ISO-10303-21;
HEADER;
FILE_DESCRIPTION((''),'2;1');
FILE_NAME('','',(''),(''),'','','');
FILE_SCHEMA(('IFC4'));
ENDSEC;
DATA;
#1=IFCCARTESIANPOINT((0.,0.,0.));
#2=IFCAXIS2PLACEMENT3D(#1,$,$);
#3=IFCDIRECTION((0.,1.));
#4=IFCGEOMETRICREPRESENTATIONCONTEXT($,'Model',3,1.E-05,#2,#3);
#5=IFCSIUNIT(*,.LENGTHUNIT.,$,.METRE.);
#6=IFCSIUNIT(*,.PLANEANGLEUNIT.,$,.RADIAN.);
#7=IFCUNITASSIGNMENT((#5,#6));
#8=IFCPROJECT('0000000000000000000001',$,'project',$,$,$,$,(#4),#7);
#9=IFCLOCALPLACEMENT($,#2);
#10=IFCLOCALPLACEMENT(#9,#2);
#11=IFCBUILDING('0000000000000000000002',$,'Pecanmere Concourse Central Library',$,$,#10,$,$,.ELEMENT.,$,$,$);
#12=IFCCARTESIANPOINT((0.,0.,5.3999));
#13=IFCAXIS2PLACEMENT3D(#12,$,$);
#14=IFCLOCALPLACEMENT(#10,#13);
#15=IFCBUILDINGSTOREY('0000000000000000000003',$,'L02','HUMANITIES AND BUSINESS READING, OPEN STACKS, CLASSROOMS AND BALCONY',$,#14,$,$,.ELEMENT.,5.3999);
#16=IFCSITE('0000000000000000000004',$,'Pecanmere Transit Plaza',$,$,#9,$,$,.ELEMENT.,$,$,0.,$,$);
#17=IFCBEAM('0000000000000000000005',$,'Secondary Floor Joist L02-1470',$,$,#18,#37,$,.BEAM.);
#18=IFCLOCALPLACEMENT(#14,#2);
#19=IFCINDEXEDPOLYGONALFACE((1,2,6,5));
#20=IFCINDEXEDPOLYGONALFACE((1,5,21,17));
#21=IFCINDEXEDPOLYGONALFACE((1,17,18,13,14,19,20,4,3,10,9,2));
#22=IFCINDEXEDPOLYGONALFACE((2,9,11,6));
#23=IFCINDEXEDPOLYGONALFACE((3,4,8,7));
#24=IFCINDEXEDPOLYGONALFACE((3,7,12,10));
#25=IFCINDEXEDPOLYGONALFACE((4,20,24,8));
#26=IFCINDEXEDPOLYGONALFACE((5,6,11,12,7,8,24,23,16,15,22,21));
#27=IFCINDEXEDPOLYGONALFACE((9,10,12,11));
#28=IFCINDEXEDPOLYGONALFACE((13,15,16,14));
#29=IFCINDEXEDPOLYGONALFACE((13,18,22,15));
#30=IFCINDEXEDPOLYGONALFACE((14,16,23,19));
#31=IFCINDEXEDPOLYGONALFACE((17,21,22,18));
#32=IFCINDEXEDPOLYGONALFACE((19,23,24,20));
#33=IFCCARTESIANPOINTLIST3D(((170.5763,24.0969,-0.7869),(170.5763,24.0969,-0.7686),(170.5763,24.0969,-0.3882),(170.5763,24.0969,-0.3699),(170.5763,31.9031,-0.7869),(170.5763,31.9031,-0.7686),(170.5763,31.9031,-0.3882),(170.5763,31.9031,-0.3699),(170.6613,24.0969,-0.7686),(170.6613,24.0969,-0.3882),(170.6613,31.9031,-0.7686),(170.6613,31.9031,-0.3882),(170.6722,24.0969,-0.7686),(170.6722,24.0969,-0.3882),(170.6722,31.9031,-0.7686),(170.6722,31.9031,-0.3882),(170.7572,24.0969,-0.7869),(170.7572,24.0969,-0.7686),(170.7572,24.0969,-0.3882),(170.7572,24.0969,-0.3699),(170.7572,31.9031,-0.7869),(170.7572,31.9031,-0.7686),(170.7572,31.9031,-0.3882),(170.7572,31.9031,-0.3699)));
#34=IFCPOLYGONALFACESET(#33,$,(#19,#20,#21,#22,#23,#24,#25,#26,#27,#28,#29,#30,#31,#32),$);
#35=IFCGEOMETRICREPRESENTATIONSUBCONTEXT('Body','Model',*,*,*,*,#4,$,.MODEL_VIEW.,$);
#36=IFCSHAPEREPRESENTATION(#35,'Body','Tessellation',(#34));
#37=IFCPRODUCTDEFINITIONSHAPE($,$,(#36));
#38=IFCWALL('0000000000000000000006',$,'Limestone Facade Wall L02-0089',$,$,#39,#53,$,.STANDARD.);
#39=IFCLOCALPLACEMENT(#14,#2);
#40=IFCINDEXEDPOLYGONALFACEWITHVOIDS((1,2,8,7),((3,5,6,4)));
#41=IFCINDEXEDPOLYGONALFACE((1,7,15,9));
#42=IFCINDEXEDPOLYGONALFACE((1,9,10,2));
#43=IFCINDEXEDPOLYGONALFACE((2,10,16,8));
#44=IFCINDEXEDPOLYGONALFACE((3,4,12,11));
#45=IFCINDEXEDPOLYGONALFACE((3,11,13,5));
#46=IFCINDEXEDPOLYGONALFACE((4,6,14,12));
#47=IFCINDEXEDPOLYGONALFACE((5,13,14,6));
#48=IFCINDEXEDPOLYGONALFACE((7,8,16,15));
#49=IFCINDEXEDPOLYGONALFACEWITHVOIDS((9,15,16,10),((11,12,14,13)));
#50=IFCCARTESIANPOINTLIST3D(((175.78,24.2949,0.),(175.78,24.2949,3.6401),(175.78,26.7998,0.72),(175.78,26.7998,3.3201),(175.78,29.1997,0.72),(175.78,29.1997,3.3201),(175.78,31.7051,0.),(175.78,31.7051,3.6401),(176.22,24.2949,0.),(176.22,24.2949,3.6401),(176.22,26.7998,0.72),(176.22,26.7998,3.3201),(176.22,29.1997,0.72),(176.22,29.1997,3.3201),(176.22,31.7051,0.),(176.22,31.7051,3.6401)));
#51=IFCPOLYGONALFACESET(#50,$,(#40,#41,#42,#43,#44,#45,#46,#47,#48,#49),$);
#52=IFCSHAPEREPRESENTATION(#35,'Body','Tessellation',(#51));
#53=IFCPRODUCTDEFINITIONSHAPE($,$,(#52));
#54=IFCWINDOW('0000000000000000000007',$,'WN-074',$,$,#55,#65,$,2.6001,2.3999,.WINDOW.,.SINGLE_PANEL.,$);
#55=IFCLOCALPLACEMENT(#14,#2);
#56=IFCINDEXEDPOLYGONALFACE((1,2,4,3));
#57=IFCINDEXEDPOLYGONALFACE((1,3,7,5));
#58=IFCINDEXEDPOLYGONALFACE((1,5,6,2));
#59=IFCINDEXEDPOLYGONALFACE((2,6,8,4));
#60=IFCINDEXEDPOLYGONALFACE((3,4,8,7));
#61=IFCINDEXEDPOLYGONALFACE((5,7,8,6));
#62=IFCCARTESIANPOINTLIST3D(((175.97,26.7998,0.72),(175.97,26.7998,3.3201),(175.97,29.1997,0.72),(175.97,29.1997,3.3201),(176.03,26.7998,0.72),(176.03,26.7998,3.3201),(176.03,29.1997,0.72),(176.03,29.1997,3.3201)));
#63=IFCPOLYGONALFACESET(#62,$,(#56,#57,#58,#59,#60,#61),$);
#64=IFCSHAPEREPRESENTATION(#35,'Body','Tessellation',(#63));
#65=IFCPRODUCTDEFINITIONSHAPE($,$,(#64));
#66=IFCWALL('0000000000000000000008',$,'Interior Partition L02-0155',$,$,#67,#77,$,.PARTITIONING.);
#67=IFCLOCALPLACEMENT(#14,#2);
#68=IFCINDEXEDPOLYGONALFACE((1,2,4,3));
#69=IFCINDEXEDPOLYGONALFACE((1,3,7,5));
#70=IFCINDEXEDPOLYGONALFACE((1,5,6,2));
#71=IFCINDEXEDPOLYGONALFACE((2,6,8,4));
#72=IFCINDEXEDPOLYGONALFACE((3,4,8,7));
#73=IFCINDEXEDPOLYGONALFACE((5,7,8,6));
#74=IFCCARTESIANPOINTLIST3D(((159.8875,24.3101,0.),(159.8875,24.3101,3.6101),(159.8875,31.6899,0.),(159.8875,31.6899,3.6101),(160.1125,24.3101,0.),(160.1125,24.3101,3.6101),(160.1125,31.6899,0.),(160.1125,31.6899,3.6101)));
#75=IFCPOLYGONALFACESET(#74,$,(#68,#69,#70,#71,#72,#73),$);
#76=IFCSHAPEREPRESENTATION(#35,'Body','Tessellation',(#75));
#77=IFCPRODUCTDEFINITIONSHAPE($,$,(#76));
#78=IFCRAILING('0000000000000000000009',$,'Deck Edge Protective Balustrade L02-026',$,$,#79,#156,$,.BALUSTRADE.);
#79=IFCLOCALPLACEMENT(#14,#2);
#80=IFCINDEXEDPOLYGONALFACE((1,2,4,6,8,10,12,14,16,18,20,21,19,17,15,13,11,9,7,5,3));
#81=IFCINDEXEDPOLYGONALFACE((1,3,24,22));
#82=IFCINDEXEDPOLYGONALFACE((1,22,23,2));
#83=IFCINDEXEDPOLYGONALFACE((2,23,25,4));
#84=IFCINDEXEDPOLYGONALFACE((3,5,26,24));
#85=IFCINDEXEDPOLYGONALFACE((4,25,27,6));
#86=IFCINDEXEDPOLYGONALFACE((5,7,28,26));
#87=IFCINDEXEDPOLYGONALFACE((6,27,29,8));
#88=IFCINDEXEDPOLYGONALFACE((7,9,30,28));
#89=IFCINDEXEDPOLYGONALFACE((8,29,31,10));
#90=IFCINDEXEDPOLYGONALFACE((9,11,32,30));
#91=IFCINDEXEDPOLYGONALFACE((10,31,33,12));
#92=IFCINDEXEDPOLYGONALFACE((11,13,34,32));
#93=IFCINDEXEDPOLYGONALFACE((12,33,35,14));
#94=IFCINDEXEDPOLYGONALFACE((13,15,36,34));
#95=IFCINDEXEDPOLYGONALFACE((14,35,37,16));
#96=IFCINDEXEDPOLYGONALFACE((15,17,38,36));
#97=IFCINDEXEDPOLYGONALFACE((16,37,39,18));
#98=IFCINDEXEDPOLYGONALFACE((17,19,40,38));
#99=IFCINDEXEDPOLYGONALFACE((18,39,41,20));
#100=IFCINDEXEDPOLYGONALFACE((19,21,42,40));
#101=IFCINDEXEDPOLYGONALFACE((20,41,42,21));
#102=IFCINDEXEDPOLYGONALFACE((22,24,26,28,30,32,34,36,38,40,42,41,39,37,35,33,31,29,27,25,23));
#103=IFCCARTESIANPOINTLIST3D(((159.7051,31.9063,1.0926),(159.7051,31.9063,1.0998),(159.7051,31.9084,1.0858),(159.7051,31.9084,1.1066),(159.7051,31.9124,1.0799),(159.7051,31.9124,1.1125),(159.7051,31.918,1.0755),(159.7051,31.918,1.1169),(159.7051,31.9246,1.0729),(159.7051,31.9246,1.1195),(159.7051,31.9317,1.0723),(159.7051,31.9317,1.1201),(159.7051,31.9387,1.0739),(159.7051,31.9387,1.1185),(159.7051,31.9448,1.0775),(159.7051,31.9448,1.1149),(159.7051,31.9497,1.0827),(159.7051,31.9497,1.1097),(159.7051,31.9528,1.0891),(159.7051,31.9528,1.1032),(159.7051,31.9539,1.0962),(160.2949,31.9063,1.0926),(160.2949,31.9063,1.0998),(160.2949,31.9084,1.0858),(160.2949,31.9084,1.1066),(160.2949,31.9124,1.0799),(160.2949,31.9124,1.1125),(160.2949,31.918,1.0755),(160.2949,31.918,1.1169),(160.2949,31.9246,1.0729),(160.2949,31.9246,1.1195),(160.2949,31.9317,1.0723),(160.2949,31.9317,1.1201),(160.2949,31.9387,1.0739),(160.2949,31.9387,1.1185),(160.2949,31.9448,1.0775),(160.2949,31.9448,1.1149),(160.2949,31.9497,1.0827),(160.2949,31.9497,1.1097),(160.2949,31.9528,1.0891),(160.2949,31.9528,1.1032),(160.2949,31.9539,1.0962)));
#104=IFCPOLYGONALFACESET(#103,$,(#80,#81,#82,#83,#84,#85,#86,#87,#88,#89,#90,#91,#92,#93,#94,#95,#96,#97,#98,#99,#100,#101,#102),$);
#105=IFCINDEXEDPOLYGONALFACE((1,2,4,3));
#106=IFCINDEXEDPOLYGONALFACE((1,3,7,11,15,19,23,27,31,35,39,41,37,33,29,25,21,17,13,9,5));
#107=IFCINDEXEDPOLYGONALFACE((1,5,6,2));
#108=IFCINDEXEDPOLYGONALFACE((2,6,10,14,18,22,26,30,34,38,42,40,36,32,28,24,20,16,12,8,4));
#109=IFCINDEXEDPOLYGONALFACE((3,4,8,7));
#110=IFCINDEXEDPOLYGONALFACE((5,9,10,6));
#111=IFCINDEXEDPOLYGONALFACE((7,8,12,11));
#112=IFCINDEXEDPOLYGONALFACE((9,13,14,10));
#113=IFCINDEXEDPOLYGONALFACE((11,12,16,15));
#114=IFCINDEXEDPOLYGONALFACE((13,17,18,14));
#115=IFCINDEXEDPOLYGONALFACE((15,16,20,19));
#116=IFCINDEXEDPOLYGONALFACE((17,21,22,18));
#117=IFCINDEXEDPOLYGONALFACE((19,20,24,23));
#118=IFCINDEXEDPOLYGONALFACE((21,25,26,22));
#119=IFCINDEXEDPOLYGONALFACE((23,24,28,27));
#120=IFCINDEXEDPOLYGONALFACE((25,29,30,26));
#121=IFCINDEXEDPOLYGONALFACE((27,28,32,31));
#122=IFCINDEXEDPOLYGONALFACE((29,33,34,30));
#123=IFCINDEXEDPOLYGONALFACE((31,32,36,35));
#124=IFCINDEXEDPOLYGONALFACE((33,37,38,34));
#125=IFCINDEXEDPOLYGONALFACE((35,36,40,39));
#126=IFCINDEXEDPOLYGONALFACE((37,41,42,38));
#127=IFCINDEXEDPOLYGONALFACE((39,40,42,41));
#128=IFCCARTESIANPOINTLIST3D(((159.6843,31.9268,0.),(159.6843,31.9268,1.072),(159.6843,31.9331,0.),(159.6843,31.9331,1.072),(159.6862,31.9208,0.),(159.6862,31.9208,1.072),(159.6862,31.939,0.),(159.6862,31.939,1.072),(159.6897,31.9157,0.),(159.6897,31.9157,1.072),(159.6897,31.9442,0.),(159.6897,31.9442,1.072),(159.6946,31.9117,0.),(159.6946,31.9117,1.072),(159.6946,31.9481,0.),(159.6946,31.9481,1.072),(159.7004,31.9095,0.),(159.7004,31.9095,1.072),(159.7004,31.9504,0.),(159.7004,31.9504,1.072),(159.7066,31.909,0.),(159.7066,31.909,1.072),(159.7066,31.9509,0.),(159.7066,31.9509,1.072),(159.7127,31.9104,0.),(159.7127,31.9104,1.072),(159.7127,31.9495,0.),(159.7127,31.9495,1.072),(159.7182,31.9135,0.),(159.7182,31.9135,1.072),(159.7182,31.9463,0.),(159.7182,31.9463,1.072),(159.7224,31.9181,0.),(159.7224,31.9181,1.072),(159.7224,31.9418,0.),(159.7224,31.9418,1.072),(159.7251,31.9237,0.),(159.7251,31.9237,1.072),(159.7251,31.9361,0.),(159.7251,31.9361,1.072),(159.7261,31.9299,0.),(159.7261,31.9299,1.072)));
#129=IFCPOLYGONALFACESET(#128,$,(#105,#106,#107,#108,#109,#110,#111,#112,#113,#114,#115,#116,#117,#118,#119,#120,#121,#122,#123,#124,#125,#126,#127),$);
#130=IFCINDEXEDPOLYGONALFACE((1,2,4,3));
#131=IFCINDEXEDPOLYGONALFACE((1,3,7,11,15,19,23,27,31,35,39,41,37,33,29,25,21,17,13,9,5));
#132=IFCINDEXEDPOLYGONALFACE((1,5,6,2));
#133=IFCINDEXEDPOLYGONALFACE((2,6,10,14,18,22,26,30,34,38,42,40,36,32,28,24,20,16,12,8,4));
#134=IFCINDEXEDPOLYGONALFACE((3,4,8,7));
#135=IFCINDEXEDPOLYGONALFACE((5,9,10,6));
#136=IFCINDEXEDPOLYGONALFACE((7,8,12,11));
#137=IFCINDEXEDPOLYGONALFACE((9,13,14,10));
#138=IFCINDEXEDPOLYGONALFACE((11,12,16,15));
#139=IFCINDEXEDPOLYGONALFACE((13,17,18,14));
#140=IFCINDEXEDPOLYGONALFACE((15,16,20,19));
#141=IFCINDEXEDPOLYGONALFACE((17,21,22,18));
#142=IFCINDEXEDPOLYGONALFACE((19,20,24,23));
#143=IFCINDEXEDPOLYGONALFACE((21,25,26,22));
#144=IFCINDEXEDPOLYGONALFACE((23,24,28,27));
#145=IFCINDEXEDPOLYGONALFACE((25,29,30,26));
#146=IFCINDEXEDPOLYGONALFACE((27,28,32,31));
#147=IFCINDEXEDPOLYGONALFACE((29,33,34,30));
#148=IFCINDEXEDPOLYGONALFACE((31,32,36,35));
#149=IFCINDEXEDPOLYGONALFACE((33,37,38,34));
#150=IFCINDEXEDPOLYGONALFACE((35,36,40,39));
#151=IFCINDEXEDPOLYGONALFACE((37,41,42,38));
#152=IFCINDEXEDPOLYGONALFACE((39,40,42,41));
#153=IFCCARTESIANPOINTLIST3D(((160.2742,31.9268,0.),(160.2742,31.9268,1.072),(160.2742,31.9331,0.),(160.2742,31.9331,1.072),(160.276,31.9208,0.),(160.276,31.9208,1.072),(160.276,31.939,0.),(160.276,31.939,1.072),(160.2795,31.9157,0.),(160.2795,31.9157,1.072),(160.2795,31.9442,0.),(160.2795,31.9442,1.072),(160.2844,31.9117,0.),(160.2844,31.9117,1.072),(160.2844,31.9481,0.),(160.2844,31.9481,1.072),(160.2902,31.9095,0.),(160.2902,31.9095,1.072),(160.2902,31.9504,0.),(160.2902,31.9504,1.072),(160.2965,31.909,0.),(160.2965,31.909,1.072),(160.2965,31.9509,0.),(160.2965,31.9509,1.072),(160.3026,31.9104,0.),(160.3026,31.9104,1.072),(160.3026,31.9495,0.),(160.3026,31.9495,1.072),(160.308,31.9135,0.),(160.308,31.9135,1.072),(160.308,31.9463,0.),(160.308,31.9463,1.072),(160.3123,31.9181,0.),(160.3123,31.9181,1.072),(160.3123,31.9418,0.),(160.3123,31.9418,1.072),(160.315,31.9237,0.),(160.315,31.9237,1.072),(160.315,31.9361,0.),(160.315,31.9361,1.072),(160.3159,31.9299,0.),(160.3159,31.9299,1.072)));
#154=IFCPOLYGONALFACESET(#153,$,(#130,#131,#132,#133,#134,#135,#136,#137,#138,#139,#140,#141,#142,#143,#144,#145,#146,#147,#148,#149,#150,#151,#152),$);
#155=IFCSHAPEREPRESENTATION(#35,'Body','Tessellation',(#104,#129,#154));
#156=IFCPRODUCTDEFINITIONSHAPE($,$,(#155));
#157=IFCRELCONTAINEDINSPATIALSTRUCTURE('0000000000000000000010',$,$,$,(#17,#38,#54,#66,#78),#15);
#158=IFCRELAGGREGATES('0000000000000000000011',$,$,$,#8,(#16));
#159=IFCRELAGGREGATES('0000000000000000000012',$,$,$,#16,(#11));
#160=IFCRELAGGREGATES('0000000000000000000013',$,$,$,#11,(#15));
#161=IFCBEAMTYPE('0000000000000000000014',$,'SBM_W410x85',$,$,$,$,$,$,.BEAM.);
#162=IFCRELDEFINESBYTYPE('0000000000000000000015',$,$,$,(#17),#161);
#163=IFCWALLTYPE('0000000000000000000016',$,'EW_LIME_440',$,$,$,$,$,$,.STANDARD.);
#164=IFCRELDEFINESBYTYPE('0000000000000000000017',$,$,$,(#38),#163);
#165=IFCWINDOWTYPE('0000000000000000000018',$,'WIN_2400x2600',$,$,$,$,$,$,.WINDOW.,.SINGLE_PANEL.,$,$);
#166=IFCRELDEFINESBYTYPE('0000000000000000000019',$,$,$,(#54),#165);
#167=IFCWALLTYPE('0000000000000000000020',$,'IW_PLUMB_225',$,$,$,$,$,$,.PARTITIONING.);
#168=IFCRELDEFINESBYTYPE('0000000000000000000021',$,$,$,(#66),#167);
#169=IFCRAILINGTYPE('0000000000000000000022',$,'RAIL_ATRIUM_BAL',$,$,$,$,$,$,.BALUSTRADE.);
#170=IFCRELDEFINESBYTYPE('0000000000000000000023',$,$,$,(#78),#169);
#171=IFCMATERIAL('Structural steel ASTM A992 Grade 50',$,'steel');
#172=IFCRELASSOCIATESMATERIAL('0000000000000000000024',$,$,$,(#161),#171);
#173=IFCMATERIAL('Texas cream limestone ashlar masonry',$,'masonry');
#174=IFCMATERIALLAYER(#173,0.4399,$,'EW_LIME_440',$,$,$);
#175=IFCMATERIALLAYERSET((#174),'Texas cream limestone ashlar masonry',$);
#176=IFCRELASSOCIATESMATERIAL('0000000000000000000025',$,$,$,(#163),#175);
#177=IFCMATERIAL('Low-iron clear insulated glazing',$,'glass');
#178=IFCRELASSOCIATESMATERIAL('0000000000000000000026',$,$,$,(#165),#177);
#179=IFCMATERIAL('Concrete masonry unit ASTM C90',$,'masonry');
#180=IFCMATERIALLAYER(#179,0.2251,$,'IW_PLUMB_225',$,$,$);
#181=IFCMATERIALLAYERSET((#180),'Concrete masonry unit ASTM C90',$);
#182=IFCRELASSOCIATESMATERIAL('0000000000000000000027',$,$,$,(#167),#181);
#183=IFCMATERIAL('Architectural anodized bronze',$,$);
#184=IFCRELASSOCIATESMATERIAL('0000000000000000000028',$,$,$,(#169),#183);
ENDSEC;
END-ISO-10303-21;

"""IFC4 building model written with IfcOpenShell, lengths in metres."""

from ifc_helpers import new_model, si_unit, direction, frame, frame_2d, origin, origin_2d, place, context, subcontext, project, spatial, rectangle, circle, i_section, extrude, material, layer, layer_set, material_profile, profile_set, type_object, element, fill, save


model = new_model("IFC4")

# Units and contexts
model_context = context("Model", 3, precision=1e-05, world=origin(), true_north=direction((0.0, 1.0)))
body_context = subcontext(model_context, "Body", "Model", "MODEL_VIEW")
ifc_project = project(units=[si_unit("LENGTHUNIT", "METRE"), si_unit("PLANEANGLEUNIT", "RADIAN")], contexts=[model_context])

# Site, building, storey
site_placement = place(None, origin())
site = spatial("IfcSite", under=ifc_project, at=site_placement, Name="Pecanmere Transit Plaza", CompositionType="ELEMENT", RefElevation=0.0)
building_placement = place(site_placement, origin())
building = spatial("IfcBuilding", under=site, at=building_placement, Name="Pecanmere Concourse Central Library", CompositionType="ELEMENT")
storey_placement = place(building_placement, frame((0.0, 0.0, 5.3999)))
storey = spatial("IfcBuildingStorey", under=building, at=storey_placement, Name="L02", Description="HUMANITIES AND BUSINESS READING, OPEN STACKS, CLASSROOMS AND BALCONY", CompositionType="ELEMENT", Elevation=5.3999)

# Beam
ifc_material_1 = material(Name="Structural steel ASTM A992 Grade 50", Category="steel")
ifc_material_profile_1 = material_profile(ifc_material_1, i_section(OverallWidth=0.1809, OverallDepth=0.417, WebThickness=0.011, FlangeThickness=0.0183, at=origin_2d()), Name="W410x85")
ifc_profile_set_1 = profile_set([ifc_material_profile_1], Name="Structural steel ASTM A992 Grade 50")
beam_type_1 = type_object("IfcBeamType", Name="SBM_W410x85", PredefinedType="BEAM", material=ifc_profile_set_1)
beam_1_placement = place(storey_placement, frame((170.6667, 24.0969, -0.5784), z_axis=(0.0, 1.0, 0.0), x_axis=(-1.0, 0.0, 0.0)))
element("IfcBeam", 1, at=beam_1_placement, inside=storey, type_object=beam_type_1, Name="Secondary Floor Joist L02-1470", PredefinedType="BEAM", context=body_context, shape_type="SweptSolid", body=[
    extrude(i_section(OverallWidth=0.1809, OverallDepth=0.417, WebThickness=0.011, FlangeThickness=0.0183, at=origin_2d()), origin(), (0.0, 0.0, 1.0), 7.8062),
])

# Wall, opening, window
ifc_material_2 = material(Name="Texas cream limestone ashlar masonry", Category="masonry")
ifc_layer_1 = layer(ifc_material_2, 0.4399, Name="EW_LIME_440")
ifc_layer_set_1 = layer_set([ifc_layer_1], Name="Texas cream limestone ashlar masonry")
wall_type_1 = type_object("IfcWallType", Name="EW_LIME_440", PredefinedType="STANDARD", material=ifc_layer_set_1)
wall_1_placement = place(storey_placement, frame((176.0, 24.2949, 0.0), z_axis=(0.0, 0.0, 1.0), x_axis=(0.0, 1.0, 0.0)))
wall_1 = element("IfcWall", 2, at=wall_1_placement, inside=storey, type_object=wall_type_1, Name="Limestone Facade Wall L02-0089", PredefinedType="STANDARD", context=body_context, shape_type="SweptSolid", body=[
    extrude(rectangle(XDim=7.4102, YDim=0.4399, at=frame_2d((3.7051, 0.0))), origin(), (0.0, 0.0, 1.0), 3.6401),
])
opening_placement = place(wall_1_placement, frame((2.5049, 0.0, 0.72)))
opening = element("IfcOpeningElement", 3, at=opening_placement, cuts=wall_1, PredefinedType="OPENING", context=body_context, shape_type="SweptSolid", body=[
    extrude(rectangle(XDim=2.3999, YDim=2.6001, at=frame_2d((1.2, 1.3))), frame((0.0, 0.2319, 0.0), z_axis=(0.0, -1.0, 0.0), x_axis=(1.0, 0.0, 0.0)), (0.0, 0.0, 1.0), 0.4639),
])
ifc_material_3 = material(Name="Low-iron clear insulated glazing", Category="glass")
window_type = type_object("IfcWindowType", Name="WIN_2400x2600", PartitioningType="SINGLE_PANEL", PredefinedType="WINDOW", material=ifc_material_3)
window_placement = place(opening_placement, origin())
window = element("IfcWindow", 4, at=window_placement, inside=storey, type_object=window_type, Name="WN-074", OverallHeight=2.6001, OverallWidth=2.3999, PartitioningType="SINGLE_PANEL", PredefinedType="WINDOW", context=body_context, shape_type="SweptSolid", body=[
    extrude(rectangle(XDim=2.3999, YDim=2.6001, at=frame_2d((1.2, 1.3))), frame((0.0, 0.03, 0.0), z_axis=(0.0, -1.0, 0.0), x_axis=(1.0, 0.0, 0.0)), (0.0, 0.0, 1.0), 0.0601),
])
fill(opening, window)

# Wall
ifc_material_4 = material(Name="Concrete masonry unit ASTM C90", Category="masonry")
ifc_layer_2 = layer(ifc_material_4, 0.2251, Name="IW_PLUMB_225")
ifc_layer_set_2 = layer_set([ifc_layer_2], Name="Concrete masonry unit ASTM C90")
wall_type_2 = type_object("IfcWallType", Name="IW_PLUMB_225", PredefinedType="PARTITIONING", material=ifc_layer_set_2)
wall_2_placement = place(storey_placement, frame((160.0, 24.3101, 0.0), z_axis=(0.0, 0.0, 1.0), x_axis=(0.0, 1.0, 0.0)))
element("IfcWall", 5, at=wall_2_placement, inside=storey, type_object=wall_type_2, Name="Interior Partition L02-0155", PredefinedType="PARTITIONING", context=body_context, shape_type="SweptSolid", body=[
    extrude(rectangle(XDim=7.3799, YDim=0.2251, at=frame_2d((3.6899, 0.0))), origin(), (0.0, 0.0, 1.0), 3.6101),
])

# Railing
ifc_material_5 = material(Name="Architectural anodized bronze")
railing_type = type_object("IfcRailingType", Name="RAIL_ATRIUM_BAL", PredefinedType="BALUSTRADE", material=ifc_material_5)
for number, where, name in (
    (6, (159.7051, 31.9299, 0.0), "Deck Edge Protective Balustrade L02-026"),
):
    element("IfcRailing", number, at=place(storey_placement, frame(where)), inside=storey, type_object=railing_type, Name=name, PredefinedType="BALUSTRADE", context=body_context, shape_type="SweptSolid", body=[
        extrude(circle(Radius=0.0239, at=origin_2d()), frame((0.0, 0.0, 1.0962), z_axis=(1.0, 0.0, 0.0), x_axis=(0.0, 1.0, 0.0)), (0.0, 0.0, 1.0), 0.5898),
        extrude(circle(Radius=0.021, at=origin_2d()), origin(), (0.0, 0.0, 1.0), 1.072),
        extrude(circle(Radius=0.021, at=origin_2d()), frame((0.5898, 0.0, 0.0)), (0.0, 0.0, 1.0), 1.072),
    ])

save(model, "model.ifc")
